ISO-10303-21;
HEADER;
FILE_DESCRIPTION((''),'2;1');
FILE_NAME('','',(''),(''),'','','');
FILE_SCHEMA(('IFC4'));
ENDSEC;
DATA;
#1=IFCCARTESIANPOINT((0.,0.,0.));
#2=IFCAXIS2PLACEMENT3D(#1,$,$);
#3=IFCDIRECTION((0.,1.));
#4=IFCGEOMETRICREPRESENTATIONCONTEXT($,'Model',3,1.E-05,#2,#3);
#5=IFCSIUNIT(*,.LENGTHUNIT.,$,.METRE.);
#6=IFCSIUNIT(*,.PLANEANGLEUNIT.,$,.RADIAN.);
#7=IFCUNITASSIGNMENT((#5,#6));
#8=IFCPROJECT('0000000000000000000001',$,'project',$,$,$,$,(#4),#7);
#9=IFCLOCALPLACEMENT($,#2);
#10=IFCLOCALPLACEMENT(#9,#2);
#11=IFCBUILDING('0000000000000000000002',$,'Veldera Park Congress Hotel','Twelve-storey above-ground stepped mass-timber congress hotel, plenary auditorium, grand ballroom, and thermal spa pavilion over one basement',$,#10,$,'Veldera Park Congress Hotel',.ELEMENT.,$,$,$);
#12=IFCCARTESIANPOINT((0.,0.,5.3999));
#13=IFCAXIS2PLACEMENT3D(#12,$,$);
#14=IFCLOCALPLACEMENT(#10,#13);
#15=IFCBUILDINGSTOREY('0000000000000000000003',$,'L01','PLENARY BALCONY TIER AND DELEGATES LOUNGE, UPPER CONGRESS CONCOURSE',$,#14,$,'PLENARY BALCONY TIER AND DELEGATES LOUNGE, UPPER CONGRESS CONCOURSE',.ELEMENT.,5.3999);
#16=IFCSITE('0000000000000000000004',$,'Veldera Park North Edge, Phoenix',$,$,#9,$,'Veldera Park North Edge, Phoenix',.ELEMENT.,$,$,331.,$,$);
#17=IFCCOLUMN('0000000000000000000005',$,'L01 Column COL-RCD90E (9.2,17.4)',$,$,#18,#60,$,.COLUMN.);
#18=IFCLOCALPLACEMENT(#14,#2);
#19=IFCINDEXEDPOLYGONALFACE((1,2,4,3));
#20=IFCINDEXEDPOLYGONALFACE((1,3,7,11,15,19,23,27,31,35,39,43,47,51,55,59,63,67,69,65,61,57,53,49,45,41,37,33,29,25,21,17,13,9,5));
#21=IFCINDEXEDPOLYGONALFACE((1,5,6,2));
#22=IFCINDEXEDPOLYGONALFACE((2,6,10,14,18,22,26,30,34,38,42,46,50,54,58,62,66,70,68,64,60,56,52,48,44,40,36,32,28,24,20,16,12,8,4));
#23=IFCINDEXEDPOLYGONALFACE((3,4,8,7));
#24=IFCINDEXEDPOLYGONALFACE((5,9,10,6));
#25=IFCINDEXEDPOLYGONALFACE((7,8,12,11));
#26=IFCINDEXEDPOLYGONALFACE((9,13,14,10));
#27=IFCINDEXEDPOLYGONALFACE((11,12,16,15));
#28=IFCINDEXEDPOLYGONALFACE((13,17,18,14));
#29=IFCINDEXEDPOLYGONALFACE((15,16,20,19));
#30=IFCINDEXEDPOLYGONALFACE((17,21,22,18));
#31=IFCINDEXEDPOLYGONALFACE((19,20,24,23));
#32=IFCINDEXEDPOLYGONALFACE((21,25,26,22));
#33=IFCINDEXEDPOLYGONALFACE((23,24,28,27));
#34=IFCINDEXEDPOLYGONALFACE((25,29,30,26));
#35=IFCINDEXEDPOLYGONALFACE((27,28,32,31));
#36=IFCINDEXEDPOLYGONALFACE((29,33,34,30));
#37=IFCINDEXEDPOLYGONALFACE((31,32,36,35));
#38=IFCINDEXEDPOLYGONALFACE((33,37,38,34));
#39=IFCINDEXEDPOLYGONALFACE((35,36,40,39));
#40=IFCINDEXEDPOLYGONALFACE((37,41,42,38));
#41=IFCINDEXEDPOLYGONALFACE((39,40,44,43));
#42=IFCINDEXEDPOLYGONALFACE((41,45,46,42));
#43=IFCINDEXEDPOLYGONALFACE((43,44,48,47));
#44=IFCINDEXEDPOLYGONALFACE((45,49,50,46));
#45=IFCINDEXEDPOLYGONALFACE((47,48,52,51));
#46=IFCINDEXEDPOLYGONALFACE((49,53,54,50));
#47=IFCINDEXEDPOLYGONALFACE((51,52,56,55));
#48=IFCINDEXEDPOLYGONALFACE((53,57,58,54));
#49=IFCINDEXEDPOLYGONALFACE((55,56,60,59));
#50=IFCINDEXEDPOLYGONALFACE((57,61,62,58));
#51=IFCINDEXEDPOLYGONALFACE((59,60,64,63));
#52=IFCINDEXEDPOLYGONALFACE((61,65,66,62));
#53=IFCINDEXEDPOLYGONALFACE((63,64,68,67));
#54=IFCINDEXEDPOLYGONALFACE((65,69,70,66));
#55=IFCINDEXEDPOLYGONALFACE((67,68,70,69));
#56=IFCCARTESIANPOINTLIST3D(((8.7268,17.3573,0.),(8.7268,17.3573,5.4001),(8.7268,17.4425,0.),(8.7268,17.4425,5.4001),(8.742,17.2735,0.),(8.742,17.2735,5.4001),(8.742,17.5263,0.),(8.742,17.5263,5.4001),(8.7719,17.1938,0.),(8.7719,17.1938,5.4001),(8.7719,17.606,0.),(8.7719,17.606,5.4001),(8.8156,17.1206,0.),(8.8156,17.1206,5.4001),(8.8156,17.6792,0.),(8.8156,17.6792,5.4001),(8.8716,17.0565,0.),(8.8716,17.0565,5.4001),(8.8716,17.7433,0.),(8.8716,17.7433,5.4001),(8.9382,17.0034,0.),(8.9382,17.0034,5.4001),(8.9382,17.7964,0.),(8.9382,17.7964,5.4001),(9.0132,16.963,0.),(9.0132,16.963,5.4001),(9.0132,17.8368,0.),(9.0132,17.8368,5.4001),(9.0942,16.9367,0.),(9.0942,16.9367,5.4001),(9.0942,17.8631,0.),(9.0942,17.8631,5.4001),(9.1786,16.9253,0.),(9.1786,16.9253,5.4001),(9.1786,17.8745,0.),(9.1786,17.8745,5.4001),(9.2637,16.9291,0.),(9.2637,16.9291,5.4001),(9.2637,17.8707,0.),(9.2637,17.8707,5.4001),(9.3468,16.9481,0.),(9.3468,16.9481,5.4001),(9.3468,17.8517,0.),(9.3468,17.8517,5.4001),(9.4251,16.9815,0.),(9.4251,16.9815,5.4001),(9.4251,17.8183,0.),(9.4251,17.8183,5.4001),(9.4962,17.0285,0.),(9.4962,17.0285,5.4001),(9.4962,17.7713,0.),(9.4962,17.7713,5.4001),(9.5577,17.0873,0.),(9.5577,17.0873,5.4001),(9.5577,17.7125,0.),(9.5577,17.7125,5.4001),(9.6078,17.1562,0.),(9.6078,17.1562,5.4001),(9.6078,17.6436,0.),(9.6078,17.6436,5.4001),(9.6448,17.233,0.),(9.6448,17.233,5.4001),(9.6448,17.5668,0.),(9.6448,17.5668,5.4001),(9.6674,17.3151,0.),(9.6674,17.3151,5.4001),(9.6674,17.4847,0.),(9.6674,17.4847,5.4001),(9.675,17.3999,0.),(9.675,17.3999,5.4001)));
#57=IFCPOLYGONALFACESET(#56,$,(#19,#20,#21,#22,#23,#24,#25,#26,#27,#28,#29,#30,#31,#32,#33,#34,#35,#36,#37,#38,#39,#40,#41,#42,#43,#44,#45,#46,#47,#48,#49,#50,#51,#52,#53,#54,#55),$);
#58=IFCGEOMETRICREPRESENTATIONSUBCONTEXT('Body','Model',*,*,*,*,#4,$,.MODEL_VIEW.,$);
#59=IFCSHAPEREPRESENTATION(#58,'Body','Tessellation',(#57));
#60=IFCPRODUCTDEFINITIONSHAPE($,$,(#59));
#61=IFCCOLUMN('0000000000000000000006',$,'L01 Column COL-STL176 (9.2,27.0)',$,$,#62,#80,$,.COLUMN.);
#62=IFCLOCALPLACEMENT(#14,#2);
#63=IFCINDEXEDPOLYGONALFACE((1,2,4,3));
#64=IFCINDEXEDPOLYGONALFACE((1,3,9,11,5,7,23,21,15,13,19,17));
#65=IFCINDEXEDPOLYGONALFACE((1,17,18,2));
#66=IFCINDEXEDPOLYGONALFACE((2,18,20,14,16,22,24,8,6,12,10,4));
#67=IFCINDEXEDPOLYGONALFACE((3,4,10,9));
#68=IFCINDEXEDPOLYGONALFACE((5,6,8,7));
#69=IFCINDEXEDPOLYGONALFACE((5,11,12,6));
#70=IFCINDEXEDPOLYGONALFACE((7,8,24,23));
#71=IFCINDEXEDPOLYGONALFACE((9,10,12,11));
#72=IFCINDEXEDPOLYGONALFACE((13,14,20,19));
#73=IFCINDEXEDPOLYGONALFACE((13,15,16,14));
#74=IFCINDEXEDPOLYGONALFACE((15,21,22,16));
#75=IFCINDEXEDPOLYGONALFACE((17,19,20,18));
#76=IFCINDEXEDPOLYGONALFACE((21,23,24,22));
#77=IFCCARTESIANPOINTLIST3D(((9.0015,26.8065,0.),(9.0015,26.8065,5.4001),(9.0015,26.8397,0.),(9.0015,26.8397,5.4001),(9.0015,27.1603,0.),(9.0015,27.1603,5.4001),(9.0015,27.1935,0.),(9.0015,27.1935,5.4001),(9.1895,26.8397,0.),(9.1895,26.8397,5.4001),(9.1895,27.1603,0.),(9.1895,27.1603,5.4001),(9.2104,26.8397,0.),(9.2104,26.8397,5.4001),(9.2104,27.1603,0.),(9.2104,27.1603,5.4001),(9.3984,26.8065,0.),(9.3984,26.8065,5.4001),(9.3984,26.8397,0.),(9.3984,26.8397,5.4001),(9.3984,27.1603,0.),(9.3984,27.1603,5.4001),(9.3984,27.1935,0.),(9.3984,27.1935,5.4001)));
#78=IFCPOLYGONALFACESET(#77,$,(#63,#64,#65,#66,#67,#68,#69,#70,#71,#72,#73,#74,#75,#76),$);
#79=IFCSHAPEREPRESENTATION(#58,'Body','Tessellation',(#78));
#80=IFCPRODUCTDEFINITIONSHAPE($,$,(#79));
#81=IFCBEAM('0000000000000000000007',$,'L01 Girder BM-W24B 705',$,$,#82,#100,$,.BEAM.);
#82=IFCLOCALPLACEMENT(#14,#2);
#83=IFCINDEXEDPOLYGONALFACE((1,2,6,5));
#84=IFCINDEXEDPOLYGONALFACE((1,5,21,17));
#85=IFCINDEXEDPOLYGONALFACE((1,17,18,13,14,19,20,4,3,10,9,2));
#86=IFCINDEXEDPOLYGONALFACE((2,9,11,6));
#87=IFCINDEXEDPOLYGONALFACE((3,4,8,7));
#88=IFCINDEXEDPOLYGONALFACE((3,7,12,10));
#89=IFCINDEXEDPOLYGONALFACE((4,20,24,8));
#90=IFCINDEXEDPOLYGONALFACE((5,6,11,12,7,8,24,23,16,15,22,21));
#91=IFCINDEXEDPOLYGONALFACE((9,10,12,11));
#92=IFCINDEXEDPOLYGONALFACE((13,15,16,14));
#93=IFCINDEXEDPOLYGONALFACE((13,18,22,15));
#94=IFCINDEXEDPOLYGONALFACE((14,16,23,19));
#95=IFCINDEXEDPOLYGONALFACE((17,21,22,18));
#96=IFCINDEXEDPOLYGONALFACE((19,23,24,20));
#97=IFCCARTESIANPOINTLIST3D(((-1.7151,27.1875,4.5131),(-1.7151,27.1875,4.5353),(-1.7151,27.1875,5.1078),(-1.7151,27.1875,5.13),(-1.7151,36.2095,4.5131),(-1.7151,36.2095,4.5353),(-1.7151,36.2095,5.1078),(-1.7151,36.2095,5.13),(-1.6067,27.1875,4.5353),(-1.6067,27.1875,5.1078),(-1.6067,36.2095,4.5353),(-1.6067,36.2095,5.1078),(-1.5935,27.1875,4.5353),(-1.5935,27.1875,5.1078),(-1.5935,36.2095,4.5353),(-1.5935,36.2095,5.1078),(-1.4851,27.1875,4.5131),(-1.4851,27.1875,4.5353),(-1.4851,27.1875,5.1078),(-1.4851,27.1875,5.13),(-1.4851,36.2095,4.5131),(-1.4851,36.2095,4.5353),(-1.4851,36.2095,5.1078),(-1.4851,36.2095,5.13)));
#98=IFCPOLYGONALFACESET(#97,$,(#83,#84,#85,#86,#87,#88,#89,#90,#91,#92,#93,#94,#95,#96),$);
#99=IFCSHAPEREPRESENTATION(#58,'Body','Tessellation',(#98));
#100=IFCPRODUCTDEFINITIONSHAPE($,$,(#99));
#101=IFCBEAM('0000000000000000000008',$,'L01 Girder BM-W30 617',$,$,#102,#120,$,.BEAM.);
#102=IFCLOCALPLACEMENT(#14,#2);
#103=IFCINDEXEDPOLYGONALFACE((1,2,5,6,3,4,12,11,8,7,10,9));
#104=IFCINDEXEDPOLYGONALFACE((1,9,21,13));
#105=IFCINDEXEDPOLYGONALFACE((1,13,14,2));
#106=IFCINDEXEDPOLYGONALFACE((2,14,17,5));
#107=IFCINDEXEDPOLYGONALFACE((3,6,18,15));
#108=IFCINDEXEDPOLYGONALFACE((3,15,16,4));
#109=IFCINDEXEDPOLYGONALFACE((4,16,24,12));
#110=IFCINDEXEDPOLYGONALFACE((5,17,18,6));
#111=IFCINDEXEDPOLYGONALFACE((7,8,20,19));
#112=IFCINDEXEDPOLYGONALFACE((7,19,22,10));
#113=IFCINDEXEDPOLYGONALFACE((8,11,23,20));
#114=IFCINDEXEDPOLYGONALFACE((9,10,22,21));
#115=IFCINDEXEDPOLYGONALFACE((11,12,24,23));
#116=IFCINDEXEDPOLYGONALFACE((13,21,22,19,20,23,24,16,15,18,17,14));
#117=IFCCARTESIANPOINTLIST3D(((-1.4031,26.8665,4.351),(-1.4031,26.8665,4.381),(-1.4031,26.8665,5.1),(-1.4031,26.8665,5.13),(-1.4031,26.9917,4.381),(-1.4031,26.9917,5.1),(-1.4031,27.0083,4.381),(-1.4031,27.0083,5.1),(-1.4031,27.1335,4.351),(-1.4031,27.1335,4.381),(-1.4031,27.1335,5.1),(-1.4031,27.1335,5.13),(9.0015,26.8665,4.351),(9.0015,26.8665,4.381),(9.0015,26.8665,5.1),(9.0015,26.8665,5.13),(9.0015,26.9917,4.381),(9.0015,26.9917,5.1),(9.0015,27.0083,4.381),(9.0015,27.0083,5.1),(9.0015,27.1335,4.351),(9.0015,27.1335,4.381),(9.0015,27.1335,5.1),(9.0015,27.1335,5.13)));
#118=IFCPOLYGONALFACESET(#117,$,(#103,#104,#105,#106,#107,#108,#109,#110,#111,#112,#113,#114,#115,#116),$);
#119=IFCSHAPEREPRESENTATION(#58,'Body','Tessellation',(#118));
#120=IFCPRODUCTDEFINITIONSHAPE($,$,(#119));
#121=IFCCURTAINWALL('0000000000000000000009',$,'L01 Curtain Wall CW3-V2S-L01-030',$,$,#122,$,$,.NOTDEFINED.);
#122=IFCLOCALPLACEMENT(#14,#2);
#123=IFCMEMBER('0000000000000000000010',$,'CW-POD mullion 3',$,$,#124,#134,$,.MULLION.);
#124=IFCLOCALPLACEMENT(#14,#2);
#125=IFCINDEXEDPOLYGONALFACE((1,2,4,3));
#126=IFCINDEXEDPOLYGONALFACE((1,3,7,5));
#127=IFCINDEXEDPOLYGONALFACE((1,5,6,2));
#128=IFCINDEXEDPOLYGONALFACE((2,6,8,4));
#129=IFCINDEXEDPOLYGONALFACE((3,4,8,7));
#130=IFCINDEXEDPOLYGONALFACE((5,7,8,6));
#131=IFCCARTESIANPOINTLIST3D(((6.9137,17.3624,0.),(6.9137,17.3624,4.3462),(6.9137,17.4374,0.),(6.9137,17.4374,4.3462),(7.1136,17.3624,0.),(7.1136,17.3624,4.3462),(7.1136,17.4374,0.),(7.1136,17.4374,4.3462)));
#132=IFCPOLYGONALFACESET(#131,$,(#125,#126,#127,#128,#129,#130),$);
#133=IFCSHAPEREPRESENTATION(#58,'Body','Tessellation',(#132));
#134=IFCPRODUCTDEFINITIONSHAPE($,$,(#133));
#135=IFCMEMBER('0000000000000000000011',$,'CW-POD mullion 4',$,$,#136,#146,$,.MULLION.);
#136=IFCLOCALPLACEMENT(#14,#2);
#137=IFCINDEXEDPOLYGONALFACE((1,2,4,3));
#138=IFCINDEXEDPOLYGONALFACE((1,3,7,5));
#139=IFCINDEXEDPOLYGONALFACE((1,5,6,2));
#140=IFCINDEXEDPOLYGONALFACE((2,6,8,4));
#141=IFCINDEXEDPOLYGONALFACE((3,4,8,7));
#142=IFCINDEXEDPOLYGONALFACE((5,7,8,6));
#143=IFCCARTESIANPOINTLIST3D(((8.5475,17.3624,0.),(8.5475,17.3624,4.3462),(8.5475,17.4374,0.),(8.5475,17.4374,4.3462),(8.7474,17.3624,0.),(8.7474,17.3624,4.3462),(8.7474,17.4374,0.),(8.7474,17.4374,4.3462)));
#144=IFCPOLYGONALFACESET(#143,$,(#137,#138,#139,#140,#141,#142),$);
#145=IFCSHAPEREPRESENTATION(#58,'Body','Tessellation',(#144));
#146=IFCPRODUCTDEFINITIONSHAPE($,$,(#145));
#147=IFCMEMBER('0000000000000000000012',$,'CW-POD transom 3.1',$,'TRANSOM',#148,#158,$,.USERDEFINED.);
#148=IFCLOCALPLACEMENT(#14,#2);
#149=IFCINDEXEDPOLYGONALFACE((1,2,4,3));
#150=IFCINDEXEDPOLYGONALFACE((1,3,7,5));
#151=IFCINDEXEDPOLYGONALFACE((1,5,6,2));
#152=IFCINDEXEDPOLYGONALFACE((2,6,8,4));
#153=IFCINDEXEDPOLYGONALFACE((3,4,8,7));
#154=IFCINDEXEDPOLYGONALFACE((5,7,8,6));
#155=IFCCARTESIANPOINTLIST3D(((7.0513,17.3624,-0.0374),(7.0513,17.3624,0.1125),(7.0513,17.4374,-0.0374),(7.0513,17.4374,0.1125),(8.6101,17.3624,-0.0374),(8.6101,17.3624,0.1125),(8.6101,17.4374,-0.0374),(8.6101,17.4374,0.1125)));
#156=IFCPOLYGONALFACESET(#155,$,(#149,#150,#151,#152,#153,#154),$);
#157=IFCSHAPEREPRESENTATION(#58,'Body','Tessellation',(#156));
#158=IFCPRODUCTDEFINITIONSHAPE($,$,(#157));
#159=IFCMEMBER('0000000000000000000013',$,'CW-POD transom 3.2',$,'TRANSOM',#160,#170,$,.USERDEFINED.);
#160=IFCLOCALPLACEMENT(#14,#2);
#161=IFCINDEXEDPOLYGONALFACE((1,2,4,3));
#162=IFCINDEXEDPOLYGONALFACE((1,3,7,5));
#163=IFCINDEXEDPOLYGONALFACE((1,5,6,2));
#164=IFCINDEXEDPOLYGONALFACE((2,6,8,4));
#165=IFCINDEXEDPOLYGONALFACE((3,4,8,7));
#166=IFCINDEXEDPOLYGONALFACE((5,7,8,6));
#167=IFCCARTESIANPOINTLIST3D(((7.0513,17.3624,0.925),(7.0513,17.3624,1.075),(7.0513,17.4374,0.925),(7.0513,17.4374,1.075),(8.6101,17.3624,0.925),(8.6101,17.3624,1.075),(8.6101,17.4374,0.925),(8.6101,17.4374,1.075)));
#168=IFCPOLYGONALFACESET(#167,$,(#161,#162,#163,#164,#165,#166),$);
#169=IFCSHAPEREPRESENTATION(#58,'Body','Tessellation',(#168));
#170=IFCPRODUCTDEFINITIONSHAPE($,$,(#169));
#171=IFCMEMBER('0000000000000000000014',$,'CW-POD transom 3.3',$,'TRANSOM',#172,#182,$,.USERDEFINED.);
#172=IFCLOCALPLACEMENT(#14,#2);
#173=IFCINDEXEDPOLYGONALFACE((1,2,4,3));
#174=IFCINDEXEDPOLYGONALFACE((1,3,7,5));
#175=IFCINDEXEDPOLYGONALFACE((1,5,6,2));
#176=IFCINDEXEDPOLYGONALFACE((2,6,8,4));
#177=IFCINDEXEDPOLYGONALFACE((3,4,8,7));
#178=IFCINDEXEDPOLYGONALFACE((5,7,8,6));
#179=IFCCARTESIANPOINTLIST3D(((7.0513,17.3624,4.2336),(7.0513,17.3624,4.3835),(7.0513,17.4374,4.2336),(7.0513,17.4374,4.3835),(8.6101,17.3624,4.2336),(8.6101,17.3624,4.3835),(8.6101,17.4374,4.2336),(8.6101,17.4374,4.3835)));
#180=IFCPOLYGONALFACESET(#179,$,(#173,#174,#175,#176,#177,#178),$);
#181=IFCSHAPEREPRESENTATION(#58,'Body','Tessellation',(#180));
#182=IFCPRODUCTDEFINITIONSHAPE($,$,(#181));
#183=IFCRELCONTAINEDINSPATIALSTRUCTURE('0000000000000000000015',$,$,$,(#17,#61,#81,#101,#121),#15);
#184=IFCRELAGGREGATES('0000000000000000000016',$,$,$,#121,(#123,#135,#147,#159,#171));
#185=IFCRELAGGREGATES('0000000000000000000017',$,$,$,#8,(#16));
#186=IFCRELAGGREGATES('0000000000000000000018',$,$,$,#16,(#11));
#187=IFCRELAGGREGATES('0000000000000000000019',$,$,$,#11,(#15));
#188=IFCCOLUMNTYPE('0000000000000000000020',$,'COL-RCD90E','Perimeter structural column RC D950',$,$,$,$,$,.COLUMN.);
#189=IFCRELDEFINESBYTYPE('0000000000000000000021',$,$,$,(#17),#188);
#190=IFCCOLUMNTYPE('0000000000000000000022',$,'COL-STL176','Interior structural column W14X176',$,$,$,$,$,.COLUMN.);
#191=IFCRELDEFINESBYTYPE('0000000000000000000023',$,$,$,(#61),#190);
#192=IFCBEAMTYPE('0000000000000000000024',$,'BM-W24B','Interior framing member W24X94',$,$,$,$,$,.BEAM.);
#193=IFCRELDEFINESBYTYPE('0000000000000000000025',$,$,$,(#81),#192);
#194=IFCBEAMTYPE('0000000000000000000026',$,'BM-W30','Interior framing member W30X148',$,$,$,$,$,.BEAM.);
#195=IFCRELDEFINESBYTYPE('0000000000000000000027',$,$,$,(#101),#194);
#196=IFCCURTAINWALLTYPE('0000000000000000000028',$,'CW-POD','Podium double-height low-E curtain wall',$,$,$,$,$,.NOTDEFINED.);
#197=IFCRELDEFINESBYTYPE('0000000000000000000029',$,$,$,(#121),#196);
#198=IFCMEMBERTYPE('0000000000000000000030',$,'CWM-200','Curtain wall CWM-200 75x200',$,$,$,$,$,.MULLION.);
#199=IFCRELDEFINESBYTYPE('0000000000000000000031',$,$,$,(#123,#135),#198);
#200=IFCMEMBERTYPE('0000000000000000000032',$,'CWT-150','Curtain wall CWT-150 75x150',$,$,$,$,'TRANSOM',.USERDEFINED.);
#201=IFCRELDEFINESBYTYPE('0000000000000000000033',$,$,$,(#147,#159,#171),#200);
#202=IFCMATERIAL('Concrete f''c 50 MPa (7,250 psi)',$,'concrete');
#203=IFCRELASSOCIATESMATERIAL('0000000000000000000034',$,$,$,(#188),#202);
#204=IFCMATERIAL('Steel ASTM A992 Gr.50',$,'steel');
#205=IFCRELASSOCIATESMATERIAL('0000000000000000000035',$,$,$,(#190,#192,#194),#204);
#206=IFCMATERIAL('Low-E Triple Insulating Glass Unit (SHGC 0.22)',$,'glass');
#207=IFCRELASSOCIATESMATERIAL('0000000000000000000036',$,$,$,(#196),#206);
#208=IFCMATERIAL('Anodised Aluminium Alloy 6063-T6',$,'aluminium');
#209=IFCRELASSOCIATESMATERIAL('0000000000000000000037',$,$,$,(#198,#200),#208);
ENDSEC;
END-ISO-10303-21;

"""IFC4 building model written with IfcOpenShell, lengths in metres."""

from ifc_helpers import new_model, si_unit, direction, frame, origin, origin_2d, place, context, subcontext, project, spatial, rectangle, circle, i_section, extrude, material, material_profile, profile_set, type_object, element, aggregate, save


model = new_model("IFC4")

# Units and contexts
model_context = context("Model", 3, precision=1e-05, world=origin(), true_north=direction((0.0, 1.0)))
body_context = subcontext(model_context, "Body", "Model", "MODEL_VIEW")
ifc_project = project(units=[si_unit("LENGTHUNIT", "METRE"), si_unit("PLANEANGLEUNIT", "RADIAN")], contexts=[model_context])

# Site, building, storey
site_placement = place(None, origin())
site = spatial("IfcSite", under=ifc_project, at=site_placement, Name="Veldera Park North Edge, Phoenix", LongName="Veldera Park North Edge, Phoenix", CompositionType="ELEMENT", RefElevation=331.0)
building_placement = place(site_placement, origin())
building = spatial("IfcBuilding", under=site, at=building_placement, Name="Veldera Park Congress Hotel", Description="Twelve-storey above-ground stepped mass-timber congress hotel, plenary auditorium, grand ballroom, and thermal spa pavilion over one basement", LongName="Veldera Park Congress Hotel", CompositionType="ELEMENT")
storey_placement = place(building_placement, frame((0.0, 0.0, 5.3999)))
storey = spatial("IfcBuildingStorey", under=building, at=storey_placement, Name="L01", Description="PLENARY BALCONY TIER AND DELEGATES LOUNGE, UPPER CONGRESS CONCOURSE", LongName="PLENARY BALCONY TIER AND DELEGATES LOUNGE, UPPER CONGRESS CONCOURSE", CompositionType="ELEMENT", Elevation=5.3999)

# Columns
ifc_material_1 = material(Name="Concrete f'c 50 MPa (7,250 psi)", Category="concrete")
ifc_material_profile_1 = material_profile(ifc_material_1, circle(Radius=0.4751, at=origin_2d()), Name="RC D950")
ifc_profile_set_1 = profile_set([ifc_material_profile_1], Name="Concrete f'c 50 MPa (7,250 psi)")
column_type_1 = type_object("IfcColumnType", Name="COL-RCD90E", Description="Perimeter structural column RC D950", PredefinedType="COLUMN", material=ifc_profile_set_1)
column_1_placement = place(storey_placement, frame((9.2, 17.3999, 0.0), z_axis=(0.0, 0.0, 1.0), x_axis=(1.0, 0.0, 0.0)))
element("IfcColumn", 1, at=column_1_placement, inside=storey, type_object=column_type_1, Name="L01 Column COL-RCD90E (9.2,17.4)", PredefinedType="COLUMN", context=body_context, shape_type="SweptSolid", body=[
    extrude(circle(Radius=0.4751, at=origin_2d()), origin(), (0.0, 0.0, 1.0), 5.4001),
])
ifc_material_2 = material(Name="Steel ASTM A992 Gr.50", Category="steel")
ifc_material_profile_2 = material_profile(ifc_material_2, i_section(OverallWidth=0.397, OverallDepth=0.387, WebThickness=0.021, FlangeThickness=0.0332, at=origin_2d()), Name="W14X176")
ifc_profile_set_2 = profile_set([ifc_material_profile_2], Name="Steel ASTM A992 Gr.50")
column_type_2 = type_object("IfcColumnType", Name="COL-STL176", Description="Interior structural column W14X176", PredefinedType="COLUMN", material=ifc_profile_set_2)
column_2_placement = place(storey_placement, frame((9.2, 27.0, 0.0), z_axis=(0.0, 0.0, 1.0), x_axis=(1.0, 0.0, 0.0)))
element("IfcColumn", 2, at=column_2_placement, inside=storey, type_object=column_type_2, Name="L01 Column COL-STL176 (9.2,27.0)", PredefinedType="COLUMN", context=body_context, shape_type="SweptSolid", body=[
    extrude(i_section(OverallWidth=0.397, OverallDepth=0.387, WebThickness=0.021, FlangeThickness=0.0332, at=origin_2d()), origin(), (0.0, 0.0, 1.0), 5.4001),
])

# Beams
ifc_material_profile_3 = material_profile(ifc_material_2, i_section(OverallWidth=0.23, OverallDepth=0.6169, WebThickness=0.0132, FlangeThickness=0.0222, at=origin_2d()), Name="W24X94")
ifc_profile_set_3 = profile_set([ifc_material_profile_3], Name="Steel ASTM A992 Gr.50")
beam_type_1 = type_object("IfcBeamType", Name="BM-W24B", Description="Interior framing member W24X94", PredefinedType="BEAM", material=ifc_profile_set_3)
beam_1_placement = place(storey_placement, frame((-1.6001, 27.1875, 4.8215), z_axis=(0.0, 1.0, 0.0), x_axis=(-1.0, 0.0, 0.0)))
element("IfcBeam", 3, at=beam_1_placement, inside=storey, type_object=beam_type_1, Name="L01 Girder BM-W24B 705", PredefinedType="BEAM", context=body_context, shape_type="SweptSolid", body=[
    extrude(i_section(OverallWidth=0.23, OverallDepth=0.6169, WebThickness=0.0132, FlangeThickness=0.0222, at=origin_2d()), origin(), (0.0, 0.0, 1.0), 9.022),
])
ifc_material_profile_4 = material_profile(ifc_material_2, i_section(OverallWidth=0.2671, OverallDepth=0.7791, WebThickness=0.0166, FlangeThickness=0.03, at=origin_2d()), Name="W30X148")
ifc_profile_set_4 = profile_set([ifc_material_profile_4], Name="Steel ASTM A992 Gr.50")
beam_type_2 = type_object("IfcBeamType", Name="BM-W30", Description="Interior framing member W30X148", PredefinedType="BEAM", material=ifc_profile_set_4)
beam_2_placement = place(storey_placement, frame((-1.4031, 27.0, 4.7405), z_axis=(1.0, 0.0, 0.0), x_axis=(0.0, 1.0, 0.0)))
element("IfcBeam", 4, at=beam_2_placement, inside=storey, type_object=beam_type_2, Name="L01 Girder BM-W30 617", PredefinedType="BEAM", context=body_context, shape_type="SweptSolid", body=[
    extrude(i_section(OverallWidth=0.2671, OverallDepth=0.7791, WebThickness=0.0166, FlangeThickness=0.03, at=origin_2d()), origin(), (0.0, 0.0, 1.0), 10.4045),
])

# Curtain wall, members
ifc_material_3 = material(Name="Low-E Triple Insulating Glass Unit (SHGC 0.22)", Category="glass")
curtain_wall_type = type_object("IfcCurtainWallType", Name="CW-POD", Description="Podium double-height low-E curtain wall", PredefinedType="NOTDEFINED", material=ifc_material_3)
curtain_wall_placement = place(storey_placement, origin())
curtain_wall = element("IfcCurtainWall", 5, at=curtain_wall_placement, inside=storey, type_object=curtain_wall_type, Name="L01 Curtain Wall CW3-V2S-L01-030", PredefinedType="NOTDEFINED")
ifc_material_4 = material(Name="Anodised Aluminium Alloy 6063-T6", Category="aluminium")
ifc_material_profile_5 = material_profile(ifc_material_4, rectangle(XDim=0.075, YDim=0.2, at=origin_2d()), Name="ALU 75x200")
ifc_profile_set_5 = profile_set([ifc_material_profile_5], Name="Anodised Aluminium Alloy 6063-T6")
member_type_1 = type_object("IfcMemberType", Name="CWM-200", Description="Curtain wall CWM-200 75x200", PredefinedType="MULLION", material=ifc_profile_set_5)
member_1_placement = place(storey_placement, frame((7.0137, 17.3999, 0.0), z_axis=(0.0, 0.0, 1.0), x_axis=(0.0, 1.0, 0.0)))
member_1 = element("IfcMember", 6, at=member_1_placement, type_object=member_type_1, Name="CW-POD mullion 3", PredefinedType="MULLION", context=body_context, shape_type="SweptSolid", body=[
    extrude(rectangle(XDim=0.075, YDim=0.2, at=origin_2d()), origin(), (0.0, 0.0, 1.0), 4.3462),
])
member_2_placement = place(storey_placement, frame((8.6475, 17.3999, 0.0), z_axis=(0.0, 0.0, 1.0), x_axis=(0.0, 1.0, 0.0)))
member_2 = element("IfcMember", 7, at=member_2_placement, type_object=member_type_1, Name="CW-POD mullion 4", PredefinedType="MULLION", context=body_context, shape_type="SweptSolid", body=[
    extrude(rectangle(XDim=0.075, YDim=0.2, at=origin_2d()), origin(), (0.0, 0.0, 1.0), 4.3462),
])
ifc_material_profile_6 = material_profile(ifc_material_4, rectangle(XDim=0.075, YDim=0.1499, at=origin_2d()), Name="ALU 75x150")
ifc_profile_set_6 = profile_set([ifc_material_profile_6], Name="Anodised Aluminium Alloy 6063-T6")
member_type_2 = type_object("IfcMemberType", Name="CWT-150", Description="Curtain wall CWT-150 75x150", ElementType="TRANSOM", PredefinedType="USERDEFINED", material=ifc_profile_set_6)
member_3_placement = place(storey_placement, frame((7.0513, 17.3999, 0.0376), z_axis=(1.0, 0.0, 0.0), x_axis=(0.0, 1.0, 0.0)))
member_3 = element("IfcMember", 8, at=member_3_placement, type_object=member_type_2, Name="CW-POD transom 3.1", ObjectType="TRANSOM", PredefinedType="USERDEFINED", context=body_context, shape_type="SweptSolid", body=[
    extrude(rectangle(XDim=0.075, YDim=0.1499, at=origin_2d()), origin(), (0.0, 0.0, 1.0), 1.5588),
])
member_4_placement = place(storey_placement, frame((7.0513, 17.3999, 1.0), z_axis=(1.0, 0.0, 0.0), x_axis=(0.0, 1.0, 0.0)))
member_4 = element("IfcMember", 9, at=member_4_placement, type_object=member_type_2, Name="CW-POD transom 3.2", ObjectType="TRANSOM", PredefinedType="USERDEFINED", context=body_context, shape_type="SweptSolid", body=[
    extrude(rectangle(XDim=0.075, YDim=0.1499, at=origin_2d()), origin(), (0.0, 0.0, 1.0), 1.5588),
])
member_5_placement = place(storey_placement, frame((7.0513, 17.3999, 4.3086), z_axis=(1.0, 0.0, 0.0), x_axis=(0.0, 1.0, 0.0)))
member_5 = element("IfcMember", 10, at=member_5_placement, type_object=member_type_2, Name="CW-POD transom 3.3", ObjectType="TRANSOM", PredefinedType="USERDEFINED", context=body_context, shape_type="SweptSolid", body=[
    extrude(rectangle(XDim=0.075, YDim=0.1499, at=origin_2d()), origin(), (0.0, 0.0, 1.0), 1.5588),
])
aggregate(curtain_wall, [member_1, member_2, member_3, member_4, member_5])

save(model, "model.ifc")
